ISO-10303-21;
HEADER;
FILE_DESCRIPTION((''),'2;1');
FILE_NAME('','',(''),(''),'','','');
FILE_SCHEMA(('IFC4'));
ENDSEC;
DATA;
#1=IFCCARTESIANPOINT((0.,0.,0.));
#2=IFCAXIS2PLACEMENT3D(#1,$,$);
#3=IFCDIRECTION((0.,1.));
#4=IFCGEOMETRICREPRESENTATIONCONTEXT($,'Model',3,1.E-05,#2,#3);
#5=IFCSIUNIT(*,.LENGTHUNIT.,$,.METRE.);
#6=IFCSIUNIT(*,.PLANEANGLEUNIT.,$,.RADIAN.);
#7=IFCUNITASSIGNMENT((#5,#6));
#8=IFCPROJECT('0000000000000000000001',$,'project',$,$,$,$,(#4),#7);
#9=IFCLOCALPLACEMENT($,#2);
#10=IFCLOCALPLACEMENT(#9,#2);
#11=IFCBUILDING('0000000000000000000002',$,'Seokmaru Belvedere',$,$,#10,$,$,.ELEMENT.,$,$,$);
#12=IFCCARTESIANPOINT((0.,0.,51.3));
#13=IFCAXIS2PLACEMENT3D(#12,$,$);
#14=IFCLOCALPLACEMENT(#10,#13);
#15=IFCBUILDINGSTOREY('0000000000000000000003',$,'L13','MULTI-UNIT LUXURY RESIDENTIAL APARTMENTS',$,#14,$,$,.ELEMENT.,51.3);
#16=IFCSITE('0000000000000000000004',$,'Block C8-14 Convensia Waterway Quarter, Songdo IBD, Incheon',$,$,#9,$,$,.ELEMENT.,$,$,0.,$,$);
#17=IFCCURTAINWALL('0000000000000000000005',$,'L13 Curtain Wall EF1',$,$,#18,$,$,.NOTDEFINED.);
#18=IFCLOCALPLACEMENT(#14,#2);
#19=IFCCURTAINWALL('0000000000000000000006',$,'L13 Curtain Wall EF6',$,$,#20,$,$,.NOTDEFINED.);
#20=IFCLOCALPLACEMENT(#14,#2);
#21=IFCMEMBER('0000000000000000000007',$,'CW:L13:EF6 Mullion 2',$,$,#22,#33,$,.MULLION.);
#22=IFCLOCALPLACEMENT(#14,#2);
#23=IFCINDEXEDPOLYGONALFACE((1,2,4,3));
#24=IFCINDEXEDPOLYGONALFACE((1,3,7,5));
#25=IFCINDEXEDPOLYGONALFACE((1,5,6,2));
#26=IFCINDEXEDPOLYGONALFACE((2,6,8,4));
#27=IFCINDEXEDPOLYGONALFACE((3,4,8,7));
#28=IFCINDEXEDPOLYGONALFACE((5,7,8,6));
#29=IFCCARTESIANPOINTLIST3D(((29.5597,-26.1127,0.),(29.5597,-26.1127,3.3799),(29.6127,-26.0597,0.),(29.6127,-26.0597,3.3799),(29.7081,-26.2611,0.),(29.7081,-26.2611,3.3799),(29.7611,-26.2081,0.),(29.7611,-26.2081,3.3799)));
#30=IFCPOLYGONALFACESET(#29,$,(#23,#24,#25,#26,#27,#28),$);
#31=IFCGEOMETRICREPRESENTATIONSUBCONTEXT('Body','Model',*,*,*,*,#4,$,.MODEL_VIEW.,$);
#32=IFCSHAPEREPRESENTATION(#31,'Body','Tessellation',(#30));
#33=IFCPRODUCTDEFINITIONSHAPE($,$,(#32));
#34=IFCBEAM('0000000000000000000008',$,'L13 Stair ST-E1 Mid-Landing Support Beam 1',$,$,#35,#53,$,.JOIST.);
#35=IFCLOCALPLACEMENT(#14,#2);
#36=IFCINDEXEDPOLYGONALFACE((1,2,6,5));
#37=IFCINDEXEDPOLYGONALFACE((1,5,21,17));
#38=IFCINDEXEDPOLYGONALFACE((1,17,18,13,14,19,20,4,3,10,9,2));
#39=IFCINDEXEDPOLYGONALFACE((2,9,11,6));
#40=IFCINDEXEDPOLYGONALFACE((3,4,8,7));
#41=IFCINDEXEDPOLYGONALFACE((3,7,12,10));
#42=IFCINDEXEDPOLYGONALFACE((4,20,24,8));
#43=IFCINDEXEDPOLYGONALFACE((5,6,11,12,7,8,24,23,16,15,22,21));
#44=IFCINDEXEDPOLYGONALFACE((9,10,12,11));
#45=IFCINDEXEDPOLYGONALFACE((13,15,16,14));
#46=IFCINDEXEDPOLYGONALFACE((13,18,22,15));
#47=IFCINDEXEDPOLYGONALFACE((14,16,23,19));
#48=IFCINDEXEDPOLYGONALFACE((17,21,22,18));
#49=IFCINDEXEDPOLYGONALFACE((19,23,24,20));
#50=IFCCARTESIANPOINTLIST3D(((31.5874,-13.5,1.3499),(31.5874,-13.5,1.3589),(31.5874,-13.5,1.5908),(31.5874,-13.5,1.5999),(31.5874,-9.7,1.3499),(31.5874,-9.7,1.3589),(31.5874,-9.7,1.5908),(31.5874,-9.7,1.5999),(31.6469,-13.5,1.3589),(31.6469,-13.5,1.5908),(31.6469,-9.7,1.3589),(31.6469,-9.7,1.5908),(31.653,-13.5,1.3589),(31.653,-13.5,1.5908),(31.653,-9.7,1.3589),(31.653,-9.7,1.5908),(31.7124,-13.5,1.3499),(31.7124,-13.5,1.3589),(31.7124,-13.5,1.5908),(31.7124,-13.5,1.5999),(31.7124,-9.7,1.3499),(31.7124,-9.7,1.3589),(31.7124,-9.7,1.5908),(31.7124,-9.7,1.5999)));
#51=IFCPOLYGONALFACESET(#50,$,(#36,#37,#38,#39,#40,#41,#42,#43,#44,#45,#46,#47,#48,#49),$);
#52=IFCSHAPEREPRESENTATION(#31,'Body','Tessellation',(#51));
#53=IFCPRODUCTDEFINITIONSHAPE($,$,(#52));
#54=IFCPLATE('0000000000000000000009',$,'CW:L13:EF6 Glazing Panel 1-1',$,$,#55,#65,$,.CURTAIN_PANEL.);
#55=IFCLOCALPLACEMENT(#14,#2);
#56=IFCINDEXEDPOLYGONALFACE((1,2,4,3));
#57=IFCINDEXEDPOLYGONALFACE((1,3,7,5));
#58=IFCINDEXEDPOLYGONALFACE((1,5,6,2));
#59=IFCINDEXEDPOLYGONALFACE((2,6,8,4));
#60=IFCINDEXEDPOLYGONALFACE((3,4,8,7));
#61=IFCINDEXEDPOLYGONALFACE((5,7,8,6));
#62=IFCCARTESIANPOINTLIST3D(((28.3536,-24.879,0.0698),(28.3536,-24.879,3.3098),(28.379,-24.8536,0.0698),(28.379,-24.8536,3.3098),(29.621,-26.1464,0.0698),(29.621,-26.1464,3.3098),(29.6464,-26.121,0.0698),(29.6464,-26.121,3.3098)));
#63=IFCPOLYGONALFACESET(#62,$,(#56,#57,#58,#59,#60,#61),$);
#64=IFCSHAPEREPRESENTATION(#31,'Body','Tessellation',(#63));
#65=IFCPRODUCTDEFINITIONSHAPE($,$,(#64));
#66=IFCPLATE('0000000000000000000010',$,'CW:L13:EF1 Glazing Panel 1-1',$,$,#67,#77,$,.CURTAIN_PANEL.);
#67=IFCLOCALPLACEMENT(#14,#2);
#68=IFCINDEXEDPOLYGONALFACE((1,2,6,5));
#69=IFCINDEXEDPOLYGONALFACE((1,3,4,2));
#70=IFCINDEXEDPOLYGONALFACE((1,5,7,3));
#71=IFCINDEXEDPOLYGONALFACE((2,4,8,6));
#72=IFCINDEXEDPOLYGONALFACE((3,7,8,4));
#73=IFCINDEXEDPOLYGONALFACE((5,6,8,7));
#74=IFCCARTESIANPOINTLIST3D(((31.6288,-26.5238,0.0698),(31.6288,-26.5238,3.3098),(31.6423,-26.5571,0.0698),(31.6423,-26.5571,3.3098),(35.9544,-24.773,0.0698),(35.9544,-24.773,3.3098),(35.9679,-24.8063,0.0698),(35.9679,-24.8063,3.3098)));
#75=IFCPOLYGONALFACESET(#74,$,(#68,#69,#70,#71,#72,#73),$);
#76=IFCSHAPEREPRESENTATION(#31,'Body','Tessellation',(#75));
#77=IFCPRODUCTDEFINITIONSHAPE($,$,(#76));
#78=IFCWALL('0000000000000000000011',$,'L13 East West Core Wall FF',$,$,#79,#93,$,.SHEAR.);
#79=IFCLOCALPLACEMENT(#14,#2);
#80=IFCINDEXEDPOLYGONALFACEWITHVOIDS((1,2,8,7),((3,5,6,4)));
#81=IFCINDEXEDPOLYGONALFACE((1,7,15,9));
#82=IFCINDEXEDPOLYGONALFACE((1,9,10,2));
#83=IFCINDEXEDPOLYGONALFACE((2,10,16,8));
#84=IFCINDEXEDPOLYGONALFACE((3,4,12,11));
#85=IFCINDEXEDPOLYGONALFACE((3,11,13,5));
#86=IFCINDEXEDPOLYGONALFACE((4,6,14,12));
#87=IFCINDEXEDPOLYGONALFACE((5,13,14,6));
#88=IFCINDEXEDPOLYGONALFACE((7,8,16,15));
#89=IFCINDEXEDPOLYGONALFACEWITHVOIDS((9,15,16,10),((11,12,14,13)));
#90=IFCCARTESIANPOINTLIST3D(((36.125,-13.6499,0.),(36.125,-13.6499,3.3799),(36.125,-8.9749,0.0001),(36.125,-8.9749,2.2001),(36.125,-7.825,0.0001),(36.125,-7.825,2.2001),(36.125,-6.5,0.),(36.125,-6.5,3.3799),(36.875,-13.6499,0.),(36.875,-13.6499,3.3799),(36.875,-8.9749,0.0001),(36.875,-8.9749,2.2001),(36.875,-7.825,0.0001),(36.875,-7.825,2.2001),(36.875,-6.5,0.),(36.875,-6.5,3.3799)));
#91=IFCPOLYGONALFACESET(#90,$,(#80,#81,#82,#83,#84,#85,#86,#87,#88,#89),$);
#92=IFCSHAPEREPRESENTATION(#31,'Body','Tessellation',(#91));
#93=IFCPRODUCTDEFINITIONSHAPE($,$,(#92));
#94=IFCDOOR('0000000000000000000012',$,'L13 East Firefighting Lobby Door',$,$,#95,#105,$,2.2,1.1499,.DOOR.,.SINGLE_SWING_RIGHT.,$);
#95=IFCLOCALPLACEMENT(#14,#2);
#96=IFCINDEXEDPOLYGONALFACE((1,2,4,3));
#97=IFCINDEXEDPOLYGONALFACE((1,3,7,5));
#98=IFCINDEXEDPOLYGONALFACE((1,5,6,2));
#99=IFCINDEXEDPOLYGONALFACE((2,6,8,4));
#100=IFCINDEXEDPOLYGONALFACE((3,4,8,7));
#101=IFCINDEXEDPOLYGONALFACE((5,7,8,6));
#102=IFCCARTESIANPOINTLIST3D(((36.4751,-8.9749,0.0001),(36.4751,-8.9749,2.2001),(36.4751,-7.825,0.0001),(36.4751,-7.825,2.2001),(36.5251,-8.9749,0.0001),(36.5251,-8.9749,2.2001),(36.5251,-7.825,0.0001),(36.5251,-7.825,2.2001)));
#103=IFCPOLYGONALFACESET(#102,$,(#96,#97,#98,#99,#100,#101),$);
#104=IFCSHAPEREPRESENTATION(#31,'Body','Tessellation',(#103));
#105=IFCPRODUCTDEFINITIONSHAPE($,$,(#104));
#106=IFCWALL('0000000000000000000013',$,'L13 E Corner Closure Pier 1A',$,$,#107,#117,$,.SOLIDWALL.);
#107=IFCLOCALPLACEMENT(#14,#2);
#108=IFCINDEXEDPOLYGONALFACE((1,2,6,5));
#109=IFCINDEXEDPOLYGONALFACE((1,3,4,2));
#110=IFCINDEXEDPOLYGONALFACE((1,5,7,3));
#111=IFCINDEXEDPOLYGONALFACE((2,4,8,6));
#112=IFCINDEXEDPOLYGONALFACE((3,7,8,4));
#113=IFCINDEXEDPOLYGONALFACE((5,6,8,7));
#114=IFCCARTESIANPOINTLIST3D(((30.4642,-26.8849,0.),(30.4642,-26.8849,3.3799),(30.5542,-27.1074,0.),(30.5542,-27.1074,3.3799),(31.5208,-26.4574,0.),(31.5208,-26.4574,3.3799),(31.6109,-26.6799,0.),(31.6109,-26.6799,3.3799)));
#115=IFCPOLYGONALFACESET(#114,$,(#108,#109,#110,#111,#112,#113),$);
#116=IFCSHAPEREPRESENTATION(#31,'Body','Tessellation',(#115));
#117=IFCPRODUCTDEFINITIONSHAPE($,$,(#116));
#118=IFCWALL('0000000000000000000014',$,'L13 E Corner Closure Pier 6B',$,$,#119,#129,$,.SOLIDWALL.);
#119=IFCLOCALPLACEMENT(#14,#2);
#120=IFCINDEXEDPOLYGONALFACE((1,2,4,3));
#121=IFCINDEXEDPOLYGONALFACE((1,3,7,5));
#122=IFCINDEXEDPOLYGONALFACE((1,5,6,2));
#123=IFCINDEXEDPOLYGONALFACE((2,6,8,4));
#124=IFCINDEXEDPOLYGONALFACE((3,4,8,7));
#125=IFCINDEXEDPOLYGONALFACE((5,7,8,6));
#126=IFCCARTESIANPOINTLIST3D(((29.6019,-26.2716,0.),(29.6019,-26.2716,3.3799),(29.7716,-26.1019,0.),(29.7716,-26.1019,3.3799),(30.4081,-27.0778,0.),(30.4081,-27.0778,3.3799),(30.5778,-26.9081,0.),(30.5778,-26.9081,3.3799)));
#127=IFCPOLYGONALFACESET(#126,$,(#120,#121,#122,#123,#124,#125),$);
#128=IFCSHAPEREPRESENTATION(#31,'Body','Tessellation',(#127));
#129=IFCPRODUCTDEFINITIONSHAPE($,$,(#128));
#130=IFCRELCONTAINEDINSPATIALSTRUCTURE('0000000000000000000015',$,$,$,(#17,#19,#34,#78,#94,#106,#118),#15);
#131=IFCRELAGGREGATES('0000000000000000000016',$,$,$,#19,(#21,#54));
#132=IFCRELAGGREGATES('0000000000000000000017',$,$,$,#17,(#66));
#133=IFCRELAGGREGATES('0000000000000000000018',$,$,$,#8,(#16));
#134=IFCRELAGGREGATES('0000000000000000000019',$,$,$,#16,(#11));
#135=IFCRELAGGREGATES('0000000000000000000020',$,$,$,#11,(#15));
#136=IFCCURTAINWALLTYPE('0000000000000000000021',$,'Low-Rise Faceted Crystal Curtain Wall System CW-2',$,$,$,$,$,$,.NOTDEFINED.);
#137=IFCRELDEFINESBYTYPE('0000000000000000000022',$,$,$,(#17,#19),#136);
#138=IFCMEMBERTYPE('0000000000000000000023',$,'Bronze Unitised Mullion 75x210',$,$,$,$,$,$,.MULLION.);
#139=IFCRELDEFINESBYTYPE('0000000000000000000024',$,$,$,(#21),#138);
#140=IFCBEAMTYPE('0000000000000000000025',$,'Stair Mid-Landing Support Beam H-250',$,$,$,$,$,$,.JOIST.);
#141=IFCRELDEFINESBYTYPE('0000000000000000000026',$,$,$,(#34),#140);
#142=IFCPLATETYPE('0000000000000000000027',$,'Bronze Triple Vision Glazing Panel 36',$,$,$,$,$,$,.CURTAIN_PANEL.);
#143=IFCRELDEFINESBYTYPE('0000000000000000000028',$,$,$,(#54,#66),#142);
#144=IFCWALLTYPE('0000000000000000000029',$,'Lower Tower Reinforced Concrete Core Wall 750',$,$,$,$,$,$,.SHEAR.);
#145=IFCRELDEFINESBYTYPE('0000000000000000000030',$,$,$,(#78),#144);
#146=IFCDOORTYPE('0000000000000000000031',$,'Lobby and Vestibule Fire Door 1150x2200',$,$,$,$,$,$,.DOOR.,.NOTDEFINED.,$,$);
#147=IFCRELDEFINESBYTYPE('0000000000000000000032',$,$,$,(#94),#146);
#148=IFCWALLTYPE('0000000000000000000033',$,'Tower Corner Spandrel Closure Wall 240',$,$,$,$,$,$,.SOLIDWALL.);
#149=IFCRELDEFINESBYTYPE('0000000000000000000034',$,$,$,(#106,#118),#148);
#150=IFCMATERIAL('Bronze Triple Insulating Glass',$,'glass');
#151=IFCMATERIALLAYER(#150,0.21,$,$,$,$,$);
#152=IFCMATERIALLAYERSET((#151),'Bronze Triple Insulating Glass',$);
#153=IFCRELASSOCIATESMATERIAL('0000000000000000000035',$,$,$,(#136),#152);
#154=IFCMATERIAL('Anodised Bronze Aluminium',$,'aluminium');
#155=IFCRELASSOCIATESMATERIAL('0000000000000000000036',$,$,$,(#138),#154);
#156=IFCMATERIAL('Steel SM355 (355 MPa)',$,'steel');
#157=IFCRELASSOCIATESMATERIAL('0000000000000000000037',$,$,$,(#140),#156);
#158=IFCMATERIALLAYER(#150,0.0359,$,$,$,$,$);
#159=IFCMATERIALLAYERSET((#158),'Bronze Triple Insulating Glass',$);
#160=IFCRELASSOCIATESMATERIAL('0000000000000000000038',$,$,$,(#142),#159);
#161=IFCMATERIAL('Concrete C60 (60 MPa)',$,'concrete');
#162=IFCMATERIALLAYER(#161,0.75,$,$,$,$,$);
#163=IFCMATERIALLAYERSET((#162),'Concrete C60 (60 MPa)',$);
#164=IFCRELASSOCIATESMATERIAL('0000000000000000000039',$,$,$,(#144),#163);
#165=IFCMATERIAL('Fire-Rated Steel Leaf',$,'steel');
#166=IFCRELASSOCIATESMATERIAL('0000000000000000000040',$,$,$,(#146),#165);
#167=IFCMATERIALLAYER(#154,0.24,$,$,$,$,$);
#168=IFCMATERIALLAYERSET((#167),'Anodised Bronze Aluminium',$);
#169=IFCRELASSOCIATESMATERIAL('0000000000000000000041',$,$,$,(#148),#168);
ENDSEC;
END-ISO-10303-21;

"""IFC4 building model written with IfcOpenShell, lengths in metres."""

from ifc_helpers import new_model, si_unit, direction, frame, frame_2d, origin, origin_2d, place, context, subcontext, project, spatial, rectangle, i_section, extrude, source, transform, mapped, material, layer, layer_set, material_profile, profile_set, type_object, type_shapes, element, fill, aggregate, save


model = new_model("IFC4")

# Units and contexts
model_context = context("Model", 3, precision=1e-05, world=origin(), true_north=direction((0.0, 1.0)))
body_context = subcontext(model_context, "Body", "Model", "MODEL_VIEW")
ifc_project = project(units=[si_unit("LENGTHUNIT", "METRE"), si_unit("PLANEANGLEUNIT", "RADIAN")], contexts=[model_context])

# Site, building, storey
site_placement = place(None, origin())
site = spatial("IfcSite", under=ifc_project, at=site_placement, Name="Block C8-14 Convensia Waterway Quarter, Songdo IBD, Incheon", CompositionType="ELEMENT", RefElevation=0.0)
building_placement = place(site_placement, origin())
building = spatial("IfcBuilding", under=site, at=building_placement, Name="Seokmaru Belvedere", CompositionType="ELEMENT")
storey_placement = place(building_placement, frame((0.0, 0.0, 51.3)))
storey = spatial("IfcBuildingStorey", under=building, at=storey_placement, Name="L13", Description="MULTI-UNIT LUXURY RESIDENTIAL APARTMENTS", CompositionType="ELEMENT", Elevation=51.3)

# Shared definitions
ifc_material_1 = material(Name="Steel SM355 (355 MPa)", Category="steel")

# Curtain wall
ifc_material_2 = material(Name="Bronze Triple Insulating Glass", Category="glass")
ifc_layer_1 = layer(ifc_material_2, 0.21)
ifc_layer_set_1 = layer_set([ifc_layer_1], Name="Bronze Triple Insulating Glass")
curtain_wall_type = type_object("IfcCurtainWallType", Name="Low-Rise Faceted Crystal Curtain Wall System CW-2", PredefinedType="NOTDEFINED", material=ifc_layer_set_1)
curtain_wall_1_placement = place(storey_placement, origin())
curtain_wall_1 = element("IfcCurtainWall", 1, at=curtain_wall_1_placement, inside=storey, type_object=curtain_wall_type, Name="L13 Curtain Wall EF1", PredefinedType="NOTDEFINED")
ifc_material_3 = material(Name="Anodised Bronze Aluminium", Category="aluminium")
ifc_material_profile_1 = material_profile(ifc_material_3, rectangle(XDim=0.075, YDim=0.21, at=origin_2d()), Name="CW-M-75x210")
ifc_profile_set_1 = profile_set([ifc_material_profile_1], Name="Anodised Bronze Aluminium")
member_type_1 = type_object("IfcMemberType", Name="Bronze Unitised Mullion 75x210", PredefinedType="MULLION", material=ifc_profile_set_1)
shared_shape_1 = source(origin(), body_context, "Body", "SweptSolid", [
    extrude(rectangle(XDim=0.075, YDim=0.21, at=origin_2d()), origin(), (0.0, 0.0, 1.0), 3.3799),
])

# Curtain wall, member
curtain_wall_2_placement = place(storey_placement, origin())
curtain_wall_2 = element("IfcCurtainWall", 2, at=curtain_wall_2_placement, inside=storey, type_object=curtain_wall_type, Name="L13 Curtain Wall EF6", PredefinedType="NOTDEFINED")
member_1_placement = place(storey_placement, frame((29.6604, -26.1604, 0.0), z_axis=(0.0, 0.0, 1.0), x_axis=(0.707107, 0.707107, 0.0)))
member_1 = element("IfcMember", 3, at=member_1_placement, type_object=member_type_1, Name="CW:L13:EF6 Mullion 2", PredefinedType="MULLION", context=body_context, shape_type="MappedRepresentation", body=[
    mapped(shared_shape_1, transform((0.0, 0.0, 0.0), scale=1.0)),
])

# Beam
ifc_material_profile_2 = material_profile(ifc_material_1, i_section(OverallWidth=0.125, OverallDepth=0.25, WebThickness=0.0061, FlangeThickness=0.009, at=origin_2d()), Name="H-250x125x6x9")
ifc_profile_set_2 = profile_set([ifc_material_profile_2], Name="Steel SM355 (355 MPa)")
beam_type_1 = type_object("IfcBeamType", Name="Stair Mid-Landing Support Beam H-250", PredefinedType="JOIST", material=ifc_profile_set_2)
shared_shape_2 = source(origin(), body_context, "Body", "SweptSolid", [
    extrude(i_section(OverallWidth=0.125, OverallDepth=0.25, WebThickness=0.0061, FlangeThickness=0.009, at=origin_2d()), origin(), (0.0, 0.0, 1.0), 3.8),
])
type_shapes(beam_type_1, [shared_shape_2])
beam_1_placement = place(storey_placement, frame((31.6499, -13.5, 1.4749), z_axis=(0.0, 1.0, 0.0), x_axis=(-1.0, 0.0, 0.0)))
element("IfcBeam", 4, at=beam_1_placement, inside=storey, type_object=beam_type_1, Name="L13 Stair ST-E1 Mid-Landing Support Beam 1", PredefinedType="JOIST", context=body_context, shape_type="MappedRepresentation", body=[
    mapped(shared_shape_2, transform((0.0, 0.0, 0.0), scale=1.0)),
])

# Plates
ifc_layer_2 = layer(ifc_material_2, 0.0359)
ifc_layer_set_2 = layer_set([ifc_layer_2], Name="Bronze Triple Insulating Glass")
plate_type = type_object("IfcPlateType", Name="Bronze Triple Vision Glazing Panel 36", PredefinedType="CURTAIN_PANEL", material=ifc_layer_set_2)
shared_shape_3 = source(origin(), body_context, "Body", "SweptSolid", [
    extrude(rectangle(XDim=1.7925, YDim=0.0359, at=origin_2d()), origin(), (0.0, 0.0, 1.0), 3.24),
])
plate_1_placement = place(storey_placement, frame((29.0, -25.5, 0.0698), z_axis=(0.0, 0.0, 1.0), x_axis=(0.707107, -0.707107, 0.0)))
plate_1 = element("IfcPlate", 5, at=plate_1_placement, type_object=plate_type, Name="CW:L13:EF6 Glazing Panel 1-1", PredefinedType="CURTAIN_PANEL", context=body_context, shape_type="MappedRepresentation", body=[
    mapped(shared_shape_3, transform((0.0, 0.0, 0.0), scale=1.0)),
])
aggregate(curtain_wall_2, [member_1, plate_1])
shared_shape_4 = source(origin(), body_context, "Body", "SweptSolid", [
    extrude(rectangle(XDim=4.6665, YDim=0.0359, at=origin_2d()), origin(), (0.0, 0.0, 1.0), 3.24),
])
type_shapes(plate_type, [shared_shape_3, shared_shape_4])
plate_2_placement = place(storey_placement, frame((33.7983, -25.665, 0.0698), z_axis=(0.0, 0.0, 1.0), x_axis=(0.926947, 0.375192, 0.0)))
plate_2 = element("IfcPlate", 6, at=plate_2_placement, type_object=plate_type, Name="CW:L13:EF1 Glazing Panel 1-1", PredefinedType="CURTAIN_PANEL", context=body_context, shape_type="MappedRepresentation", body=[
    mapped(shared_shape_4, transform((0.0, 0.0, 0.0), scale=1.0)),
])
aggregate(curtain_wall_1, [plate_2])

# Wall, opening, door
ifc_material_4 = material(Name="Concrete C60 (60 MPa)", Category="concrete")
ifc_layer_3 = layer(ifc_material_4, 0.75)
ifc_layer_set_3 = layer_set([ifc_layer_3], Name="Concrete C60 (60 MPa)")
wall_type_1 = type_object("IfcWallType", Name="Lower Tower Reinforced Concrete Core Wall 750", PredefinedType="SHEAR", material=ifc_layer_set_3)
wall_1_placement = place(storey_placement, frame((36.5, -13.6499, 0.0), z_axis=(0.0, 0.0, 1.0), x_axis=(0.0, 1.0, 0.0)))
wall_1 = element("IfcWall", 7, at=wall_1_placement, inside=storey, type_object=wall_type_1, Name="L13 East West Core Wall FF", PredefinedType="SHEAR", context=body_context, shape_type="SweptSolid", body=[
    extrude(rectangle(XDim=7.1499, YDim=0.75, at=frame_2d((3.575, 0.0))), origin(), (0.0, 0.0, 1.0), 3.3799),
])
opening_placement = place(wall_1_placement, frame((4.675, 0.0, 0.0)))
opening = element("IfcOpeningElement", 8, at=opening_placement, cuts=wall_1, PredefinedType="OPENING", context=body_context, shape_type="SweptSolid", body=[
    extrude(rectangle(XDim=1.1499, YDim=2.2, at=frame_2d((0.575, 1.1001))), frame((0.0, 0.385, 0.0), z_axis=(0.0, -1.0, 0.0), x_axis=(1.0, 0.0, 0.0)), (0.0, 0.0, 1.0), 0.77),
])
ifc_material_5 = material(Name="Fire-Rated Steel Leaf", Category="steel")
door_type = type_object("IfcDoorType", Name="Lobby and Vestibule Fire Door 1150x2200", OperationType="NOTDEFINED", PredefinedType="DOOR", material=ifc_material_5)
shared_shape_5 = source(origin(), body_context, "Body", "SweptSolid", [
    extrude(rectangle(XDim=1.1499, YDim=2.2, at=frame_2d((0.575, 1.1001))), frame((0.0, 0.0249, 0.0), z_axis=(0.0, -1.0, 0.0), x_axis=(1.0, 0.0, 0.0)), (0.0, 0.0, 1.0), 0.05),
])
type_shapes(door_type, [shared_shape_5])
door_placement = place(opening_placement, origin())
door = element("IfcDoor", 9, at=door_placement, inside=storey, type_object=door_type, Name="L13 East Firefighting Lobby Door", OperationType="SINGLE_SWING_RIGHT", OverallHeight=2.2, OverallWidth=1.1499, PredefinedType="DOOR", context=body_context, shape_type="MappedRepresentation", body=[
    mapped(shared_shape_5, transform((0.0, 0.0, 0.0), scale=1.0)),
])
fill(opening, door)

# Walls
ifc_layer_4 = layer(ifc_material_3, 0.24)
ifc_layer_set_4 = layer_set([ifc_layer_4], Name="Anodised Bronze Aluminium")
wall_type_2 = type_object("IfcWallType", Name="Tower Corner Spandrel Closure Wall 240", PredefinedType="SOLIDWALL", material=ifc_layer_set_4)
wall_2_placement = place(storey_placement, frame((30.5093, -26.9961, 0.0), z_axis=(0.0, 0.0, 1.0), x_axis=(0.927007, 0.375044, 0.0)))
element("IfcWall", 10, at=wall_2_placement, inside=storey, type_object=wall_type_2, Name="L13 E Corner Closure Pier 1A", PredefinedType="SOLIDWALL", context=body_context, shape_type="SweptSolid", body=[
    extrude(rectangle(XDim=1.1399, YDim=0.24, at=frame_2d((0.5698, 0.0))), origin(), (0.0, 0.0, 1.0), 3.3799),
])
wall_3_placement = place(storey_placement, frame((29.6868, -26.1868, 0.0), z_axis=(0.0, 0.0, 1.0), x_axis=(0.707107, -0.707107, 0.0)))
element("IfcWall", 11, at=wall_3_placement, inside=storey, type_object=wall_type_2, Name="L13 E Corner Closure Pier 6B", PredefinedType="SOLIDWALL", context=body_context, shape_type="SweptSolid", body=[
    extrude(rectangle(XDim=1.1401, YDim=0.24, at=frame_2d((0.5701, 0.0))), origin(), (0.0, 0.0, 1.0), 3.3799),
])

save(model, "model.ifc")
